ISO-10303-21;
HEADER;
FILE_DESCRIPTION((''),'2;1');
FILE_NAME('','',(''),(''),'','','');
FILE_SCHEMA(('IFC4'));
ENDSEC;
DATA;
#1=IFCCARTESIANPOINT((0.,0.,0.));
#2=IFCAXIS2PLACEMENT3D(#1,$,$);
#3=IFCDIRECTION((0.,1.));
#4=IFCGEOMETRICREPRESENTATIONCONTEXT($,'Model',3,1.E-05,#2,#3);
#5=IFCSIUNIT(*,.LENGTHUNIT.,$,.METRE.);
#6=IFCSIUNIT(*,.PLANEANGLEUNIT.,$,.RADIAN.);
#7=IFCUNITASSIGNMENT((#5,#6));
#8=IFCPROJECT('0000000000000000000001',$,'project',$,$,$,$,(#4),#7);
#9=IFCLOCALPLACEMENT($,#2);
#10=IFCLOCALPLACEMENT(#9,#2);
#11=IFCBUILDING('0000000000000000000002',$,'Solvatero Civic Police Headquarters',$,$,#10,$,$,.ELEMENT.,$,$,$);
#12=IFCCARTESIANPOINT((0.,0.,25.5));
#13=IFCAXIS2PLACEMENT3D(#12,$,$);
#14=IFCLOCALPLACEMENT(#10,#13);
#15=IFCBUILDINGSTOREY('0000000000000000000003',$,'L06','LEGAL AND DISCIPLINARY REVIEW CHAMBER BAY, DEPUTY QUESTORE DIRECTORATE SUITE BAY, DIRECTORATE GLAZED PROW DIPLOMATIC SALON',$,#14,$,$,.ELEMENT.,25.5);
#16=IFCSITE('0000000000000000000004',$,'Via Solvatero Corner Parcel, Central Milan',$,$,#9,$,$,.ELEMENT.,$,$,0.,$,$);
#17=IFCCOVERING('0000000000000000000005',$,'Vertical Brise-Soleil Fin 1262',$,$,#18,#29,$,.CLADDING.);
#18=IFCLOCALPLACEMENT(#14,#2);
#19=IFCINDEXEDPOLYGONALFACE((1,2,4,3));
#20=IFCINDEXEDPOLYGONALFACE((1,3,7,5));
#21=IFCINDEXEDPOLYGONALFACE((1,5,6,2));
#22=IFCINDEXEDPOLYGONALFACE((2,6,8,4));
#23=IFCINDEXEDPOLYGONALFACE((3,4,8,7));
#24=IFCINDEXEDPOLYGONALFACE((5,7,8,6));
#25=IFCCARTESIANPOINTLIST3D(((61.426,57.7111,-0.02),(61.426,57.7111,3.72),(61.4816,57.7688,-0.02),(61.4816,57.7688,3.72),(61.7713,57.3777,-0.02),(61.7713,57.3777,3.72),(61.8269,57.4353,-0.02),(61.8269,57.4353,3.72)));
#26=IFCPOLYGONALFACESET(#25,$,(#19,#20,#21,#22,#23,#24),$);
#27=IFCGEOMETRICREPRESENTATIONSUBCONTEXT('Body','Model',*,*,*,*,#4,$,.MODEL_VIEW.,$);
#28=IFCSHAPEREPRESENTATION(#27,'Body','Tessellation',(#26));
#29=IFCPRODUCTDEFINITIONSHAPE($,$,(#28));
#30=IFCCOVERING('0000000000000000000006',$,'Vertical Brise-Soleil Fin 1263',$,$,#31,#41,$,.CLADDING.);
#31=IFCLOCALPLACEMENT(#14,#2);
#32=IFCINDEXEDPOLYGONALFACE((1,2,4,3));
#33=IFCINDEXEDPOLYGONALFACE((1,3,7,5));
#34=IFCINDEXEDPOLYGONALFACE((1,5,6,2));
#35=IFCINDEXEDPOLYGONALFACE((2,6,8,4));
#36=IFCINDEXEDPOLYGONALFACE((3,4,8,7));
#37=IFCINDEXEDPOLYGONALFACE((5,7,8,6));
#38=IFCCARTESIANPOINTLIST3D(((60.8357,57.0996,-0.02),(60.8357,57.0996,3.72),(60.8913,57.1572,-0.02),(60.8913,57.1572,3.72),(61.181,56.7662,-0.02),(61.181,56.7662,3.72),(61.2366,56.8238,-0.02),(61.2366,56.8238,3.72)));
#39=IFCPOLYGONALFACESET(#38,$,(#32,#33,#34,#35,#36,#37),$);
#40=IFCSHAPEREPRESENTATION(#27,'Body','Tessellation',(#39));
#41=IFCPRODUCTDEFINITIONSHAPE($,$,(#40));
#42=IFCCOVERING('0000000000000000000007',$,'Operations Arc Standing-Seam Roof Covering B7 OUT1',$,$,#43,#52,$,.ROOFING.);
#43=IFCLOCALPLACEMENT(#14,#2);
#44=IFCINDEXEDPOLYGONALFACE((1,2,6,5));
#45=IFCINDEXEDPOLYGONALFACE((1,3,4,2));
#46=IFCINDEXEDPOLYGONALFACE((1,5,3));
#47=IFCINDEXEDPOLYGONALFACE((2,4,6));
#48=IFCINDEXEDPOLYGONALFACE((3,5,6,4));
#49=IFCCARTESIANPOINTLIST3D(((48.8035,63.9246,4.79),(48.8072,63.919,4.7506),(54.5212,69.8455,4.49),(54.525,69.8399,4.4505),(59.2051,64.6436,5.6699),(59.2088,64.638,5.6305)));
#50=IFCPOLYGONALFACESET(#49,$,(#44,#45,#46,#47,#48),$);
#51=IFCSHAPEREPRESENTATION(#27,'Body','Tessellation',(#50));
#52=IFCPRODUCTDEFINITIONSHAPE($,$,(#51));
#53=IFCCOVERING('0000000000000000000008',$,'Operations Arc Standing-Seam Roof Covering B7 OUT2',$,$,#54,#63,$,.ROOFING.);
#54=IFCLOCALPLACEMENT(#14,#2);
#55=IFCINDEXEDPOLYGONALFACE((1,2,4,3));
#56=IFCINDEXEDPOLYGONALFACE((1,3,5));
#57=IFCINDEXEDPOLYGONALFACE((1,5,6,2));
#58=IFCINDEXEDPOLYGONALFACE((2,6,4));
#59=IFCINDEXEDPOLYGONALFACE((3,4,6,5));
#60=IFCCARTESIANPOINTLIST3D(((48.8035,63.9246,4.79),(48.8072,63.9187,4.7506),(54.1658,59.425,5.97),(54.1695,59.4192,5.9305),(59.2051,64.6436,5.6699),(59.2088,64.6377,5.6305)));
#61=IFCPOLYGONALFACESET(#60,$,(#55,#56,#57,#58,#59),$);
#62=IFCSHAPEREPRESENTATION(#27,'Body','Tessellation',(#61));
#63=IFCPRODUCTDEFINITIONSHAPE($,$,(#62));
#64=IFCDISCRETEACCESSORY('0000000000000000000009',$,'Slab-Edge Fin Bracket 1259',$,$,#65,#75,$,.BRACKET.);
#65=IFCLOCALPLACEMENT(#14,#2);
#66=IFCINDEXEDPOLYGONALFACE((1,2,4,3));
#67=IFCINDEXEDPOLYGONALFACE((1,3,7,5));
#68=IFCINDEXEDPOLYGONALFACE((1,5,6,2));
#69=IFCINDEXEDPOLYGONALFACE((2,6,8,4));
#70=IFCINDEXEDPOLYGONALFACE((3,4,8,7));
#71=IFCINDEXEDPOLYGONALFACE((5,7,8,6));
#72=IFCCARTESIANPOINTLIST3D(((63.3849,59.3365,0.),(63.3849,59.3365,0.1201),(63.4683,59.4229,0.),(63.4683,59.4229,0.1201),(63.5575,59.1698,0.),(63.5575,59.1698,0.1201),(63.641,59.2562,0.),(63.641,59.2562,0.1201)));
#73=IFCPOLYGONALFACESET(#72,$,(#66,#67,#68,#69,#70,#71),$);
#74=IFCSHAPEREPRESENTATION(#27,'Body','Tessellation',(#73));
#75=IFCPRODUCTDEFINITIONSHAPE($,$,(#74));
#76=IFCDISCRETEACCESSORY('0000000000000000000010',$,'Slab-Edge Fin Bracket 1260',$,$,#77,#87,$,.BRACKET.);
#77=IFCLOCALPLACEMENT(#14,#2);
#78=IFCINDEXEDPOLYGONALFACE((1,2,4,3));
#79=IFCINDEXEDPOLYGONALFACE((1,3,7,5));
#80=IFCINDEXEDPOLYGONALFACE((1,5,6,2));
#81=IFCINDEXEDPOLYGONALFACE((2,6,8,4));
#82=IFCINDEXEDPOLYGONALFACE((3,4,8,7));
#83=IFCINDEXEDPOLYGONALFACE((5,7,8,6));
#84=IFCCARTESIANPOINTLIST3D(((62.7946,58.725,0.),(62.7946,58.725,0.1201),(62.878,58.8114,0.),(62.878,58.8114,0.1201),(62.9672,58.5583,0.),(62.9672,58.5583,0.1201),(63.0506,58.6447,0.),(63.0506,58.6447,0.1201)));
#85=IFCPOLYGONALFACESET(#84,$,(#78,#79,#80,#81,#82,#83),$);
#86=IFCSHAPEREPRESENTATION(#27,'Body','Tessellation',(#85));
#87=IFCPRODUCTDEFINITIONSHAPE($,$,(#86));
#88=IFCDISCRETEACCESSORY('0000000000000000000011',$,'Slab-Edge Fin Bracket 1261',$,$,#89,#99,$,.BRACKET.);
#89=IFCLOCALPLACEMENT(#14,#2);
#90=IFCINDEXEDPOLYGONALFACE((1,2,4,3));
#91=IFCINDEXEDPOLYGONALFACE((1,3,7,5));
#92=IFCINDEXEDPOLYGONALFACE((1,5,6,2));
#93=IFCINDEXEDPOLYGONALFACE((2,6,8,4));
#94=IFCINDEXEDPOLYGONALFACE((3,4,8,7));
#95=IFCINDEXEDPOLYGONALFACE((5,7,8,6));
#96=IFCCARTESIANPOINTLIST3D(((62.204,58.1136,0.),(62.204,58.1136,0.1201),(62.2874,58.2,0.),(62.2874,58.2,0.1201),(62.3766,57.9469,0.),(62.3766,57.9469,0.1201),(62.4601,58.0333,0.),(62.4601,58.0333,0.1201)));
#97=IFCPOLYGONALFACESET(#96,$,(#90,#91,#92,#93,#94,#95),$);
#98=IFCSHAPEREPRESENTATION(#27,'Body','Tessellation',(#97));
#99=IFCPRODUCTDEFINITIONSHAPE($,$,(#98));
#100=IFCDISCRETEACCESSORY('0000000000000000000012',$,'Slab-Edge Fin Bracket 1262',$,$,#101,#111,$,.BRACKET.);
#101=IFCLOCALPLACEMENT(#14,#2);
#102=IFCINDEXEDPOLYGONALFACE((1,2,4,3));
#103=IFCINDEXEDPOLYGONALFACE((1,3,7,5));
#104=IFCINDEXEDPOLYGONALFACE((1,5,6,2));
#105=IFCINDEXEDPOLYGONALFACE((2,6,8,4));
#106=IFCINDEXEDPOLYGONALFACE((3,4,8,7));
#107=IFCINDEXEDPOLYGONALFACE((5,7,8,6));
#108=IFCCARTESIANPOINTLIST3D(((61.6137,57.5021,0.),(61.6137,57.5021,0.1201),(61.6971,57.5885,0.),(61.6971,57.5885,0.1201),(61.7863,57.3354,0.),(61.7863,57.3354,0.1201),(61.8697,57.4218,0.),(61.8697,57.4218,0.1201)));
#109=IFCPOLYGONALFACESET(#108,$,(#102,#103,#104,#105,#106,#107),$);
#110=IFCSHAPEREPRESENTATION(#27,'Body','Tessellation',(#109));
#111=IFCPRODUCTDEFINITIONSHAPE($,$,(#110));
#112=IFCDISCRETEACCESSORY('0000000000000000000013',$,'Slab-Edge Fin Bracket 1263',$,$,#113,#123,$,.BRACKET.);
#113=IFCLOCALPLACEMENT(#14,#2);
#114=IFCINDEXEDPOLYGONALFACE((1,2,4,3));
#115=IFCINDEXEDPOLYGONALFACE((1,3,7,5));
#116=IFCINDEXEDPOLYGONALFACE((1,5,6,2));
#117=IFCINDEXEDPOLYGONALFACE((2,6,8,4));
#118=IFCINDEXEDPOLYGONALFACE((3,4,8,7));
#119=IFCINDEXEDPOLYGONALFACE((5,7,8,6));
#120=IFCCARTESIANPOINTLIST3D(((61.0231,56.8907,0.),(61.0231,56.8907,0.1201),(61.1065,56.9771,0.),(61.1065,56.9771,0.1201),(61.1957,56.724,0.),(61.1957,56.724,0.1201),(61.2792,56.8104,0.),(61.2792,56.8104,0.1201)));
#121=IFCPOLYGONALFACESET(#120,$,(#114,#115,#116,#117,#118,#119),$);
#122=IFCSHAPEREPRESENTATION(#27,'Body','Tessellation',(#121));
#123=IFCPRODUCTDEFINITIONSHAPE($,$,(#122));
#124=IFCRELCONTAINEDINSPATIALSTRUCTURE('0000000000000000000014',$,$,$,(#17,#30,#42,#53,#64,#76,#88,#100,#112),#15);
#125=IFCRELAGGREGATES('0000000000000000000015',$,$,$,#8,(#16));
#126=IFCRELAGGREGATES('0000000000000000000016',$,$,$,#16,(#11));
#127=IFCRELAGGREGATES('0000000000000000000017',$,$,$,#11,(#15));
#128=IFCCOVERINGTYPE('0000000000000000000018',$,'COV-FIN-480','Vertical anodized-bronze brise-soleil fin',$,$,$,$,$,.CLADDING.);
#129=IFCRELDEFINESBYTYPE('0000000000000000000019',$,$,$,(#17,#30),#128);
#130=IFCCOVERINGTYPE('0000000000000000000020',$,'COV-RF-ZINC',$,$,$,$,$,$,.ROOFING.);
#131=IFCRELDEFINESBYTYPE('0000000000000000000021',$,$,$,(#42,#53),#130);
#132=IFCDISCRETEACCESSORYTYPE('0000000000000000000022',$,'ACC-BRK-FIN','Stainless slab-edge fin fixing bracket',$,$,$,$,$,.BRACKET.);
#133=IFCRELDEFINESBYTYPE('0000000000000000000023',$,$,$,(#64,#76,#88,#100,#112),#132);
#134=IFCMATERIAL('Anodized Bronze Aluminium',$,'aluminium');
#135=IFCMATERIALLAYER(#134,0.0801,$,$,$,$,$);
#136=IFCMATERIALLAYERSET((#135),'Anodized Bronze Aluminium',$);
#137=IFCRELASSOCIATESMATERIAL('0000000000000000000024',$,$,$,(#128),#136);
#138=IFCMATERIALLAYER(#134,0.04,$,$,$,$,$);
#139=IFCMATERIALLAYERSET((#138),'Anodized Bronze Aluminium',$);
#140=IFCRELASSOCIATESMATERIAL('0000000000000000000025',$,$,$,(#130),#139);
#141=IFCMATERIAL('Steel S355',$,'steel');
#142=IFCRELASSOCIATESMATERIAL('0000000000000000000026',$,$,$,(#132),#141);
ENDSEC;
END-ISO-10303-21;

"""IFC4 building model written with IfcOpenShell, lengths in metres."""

from ifc_helpers import new_model, si_unit, direction, frame, origin, origin_2d, place, context, subcontext, project, spatial, polyline, rectangle, outline, extrude, material, layer, layer_set, type_object, element, save


model = new_model("IFC4")

# Units and contexts
model_context = context("Model", 3, precision=1e-05, world=origin(), true_north=direction((0.0, 1.0)))
body_context = subcontext(model_context, "Body", "Model", "MODEL_VIEW")
ifc_project = project(units=[si_unit("LENGTHUNIT", "METRE"), si_unit("PLANEANGLEUNIT", "RADIAN")], contexts=[model_context])

# Site, building, storey
site_placement = place(None, origin())
site = spatial("IfcSite", under=ifc_project, at=site_placement, Name="Via Solvatero Corner Parcel, Central Milan", CompositionType="ELEMENT", RefElevation=0.0)
building_placement = place(site_placement, origin())
building = spatial("IfcBuilding", under=site, at=building_placement, Name="Solvatero Civic Police Headquarters", CompositionType="ELEMENT")
storey_placement = place(building_placement, frame((0.0, 0.0, 25.5)))
storey = spatial("IfcBuildingStorey", under=building, at=storey_placement, Name="L06", Description="LEGAL AND DISCIPLINARY REVIEW CHAMBER BAY, DEPUTY QUESTORE DIRECTORATE SUITE BAY, DIRECTORATE GLAZED PROW DIPLOMATIC SALON", CompositionType="ELEMENT", Elevation=25.5)

# Shared definitions
ifc_material_1 = material(Name="Steel S355", Category="steel")

# Shared definitions
ifc_material_2 = material(Name="Anodized Bronze Aluminium", Category="aluminium")

# Coverings
ifc_layer_1 = layer(ifc_material_2, 0.0801)
ifc_layer_set_1 = layer_set([ifc_layer_1], Name="Anodized Bronze Aluminium")
covering_type_1 = type_object("IfcCoveringType", Name="COV-FIN-480", Description="Vertical anodized-bronze brise-soleil fin", PredefinedType="CLADDING", material=ifc_layer_set_1)
for number, where, z_axis, x_axis, name in (
    (1, (61.6265, 57.5732, -0.02), (0.0, 0.0, 1.0), (-0.694646, -0.719352, 0.0), "Vertical Brise-Soleil Fin 1262"),
    (2, (61.0361, 56.9617, -0.02), (0.0, 0.0, 1.0), (-0.694646, -0.719352, 0.0), "Vertical Brise-Soleil Fin 1263"),
):
    element("IfcCovering", number, at=place(storey_placement, frame(where, z_axis=z_axis, x_axis=x_axis)), inside=storey, type_object=covering_type_1, Name=name, PredefinedType="CLADDING", context=body_context, shape_type="SweptSolid", body=[
        extrude(rectangle(XDim=0.0801, YDim=0.48, at=origin_2d()), origin(), (0.0, 0.0, 1.0), 3.74),
    ])
ifc_layer_2 = layer(ifc_material_2, 0.04)
ifc_layer_set_2 = layer_set([ifc_layer_2], Name="Anodized Bronze Aluminium")
covering_type_2 = type_object("IfcCoveringType", Name="COV-RF-ZINC", PredefinedType="ROOFING", material=ifc_layer_set_2)
covering_1_placement = place(storey_placement, frame((59.2051, 64.6436, 5.6699), z_axis=(-0.093054, 0.139818, 0.985795), x_axis=(-0.659824, 0.732805, -0.16622)))
element("IfcCovering", 3, at=covering_1_placement, inside=storey, type_object=covering_type_2, Name="Operations Arc Standing-Seam Roof Covering B7 OUT1", PredefinedType="ROOFING", context=body_context, shape_type="SweptSolid", body=[
    extrude(outline(polyline([(0.0, 0.0), (7.0986, 0.0), (6.4826, 8.2134), (0.0, 0.0)])), origin(), (0.0, 0.0, -1.0), 0.04),
])
covering_2_placement = place(storey_placement, frame((59.2051, 64.6436, 5.6699), z_axis=(-0.093451, 0.146861, 0.984733), x_axis=(-0.994086, -0.068715, -0.084091)))
element("IfcCovering", 4, at=covering_2_placement, inside=storey, type_object=covering_type_2, Name="Operations Arc Standing-Seam Roof Covering B7 OUT2", PredefinedType="ROOFING", context=body_context, shape_type="SweptSolid", body=[
    extrude(outline(polyline([(0.0, 0.0), (10.4635, 0.0), (5.3429, 4.9164), (0.0, 0.0)])), origin(), (0.0, 0.0, -1.0), 0.04),
])

# Discrete accessories
discrete_accessory_type = type_object("IfcDiscreteAccessoryType", Name="ACC-BRK-FIN", Description="Stainless slab-edge fin fixing bracket", PredefinedType="BRACKET", material=ifc_material_1)
for number, where, z_axis, x_axis, name in (
    (5, (63.5129, 59.2964, 0.0), (0.0, 0.0, 1.0), (-0.694646, -0.719352, 0.0), "Slab-Edge Fin Bracket 1259"),
    (6, (62.9226, 58.6848, 0.0), (0.0, 0.0, 1.0), (-0.694646, -0.719352, 0.0), "Slab-Edge Fin Bracket 1260"),
    (7, (62.332, 58.0735, 0.0), (0.0, 0.0, 1.0), (-0.694646, -0.719352, 0.0), "Slab-Edge Fin Bracket 1261"),
    (8, (61.7417, 57.4619, 0.0), (0.0, 0.0, 1.0), (-0.694646, -0.719352, 0.0), "Slab-Edge Fin Bracket 1262"),
    (9, (61.1511, 56.8506, 0.0), (0.0, 0.0, 1.0), (-0.694646, -0.719352, 0.0), "Slab-Edge Fin Bracket 1263"),
):
    element("IfcDiscreteAccessory", number, at=place(storey_placement, frame(where, z_axis=z_axis, x_axis=x_axis)), inside=storey, type_object=discrete_accessory_type, Name=name, PredefinedType="BRACKET", context=body_context, shape_type="SweptSolid", body=[
        extrude(rectangle(XDim=0.1201, YDim=0.24, at=origin_2d()), origin(), (0.0, 0.0, 1.0), 0.1201),
    ])

save(model, "model.ifc")
